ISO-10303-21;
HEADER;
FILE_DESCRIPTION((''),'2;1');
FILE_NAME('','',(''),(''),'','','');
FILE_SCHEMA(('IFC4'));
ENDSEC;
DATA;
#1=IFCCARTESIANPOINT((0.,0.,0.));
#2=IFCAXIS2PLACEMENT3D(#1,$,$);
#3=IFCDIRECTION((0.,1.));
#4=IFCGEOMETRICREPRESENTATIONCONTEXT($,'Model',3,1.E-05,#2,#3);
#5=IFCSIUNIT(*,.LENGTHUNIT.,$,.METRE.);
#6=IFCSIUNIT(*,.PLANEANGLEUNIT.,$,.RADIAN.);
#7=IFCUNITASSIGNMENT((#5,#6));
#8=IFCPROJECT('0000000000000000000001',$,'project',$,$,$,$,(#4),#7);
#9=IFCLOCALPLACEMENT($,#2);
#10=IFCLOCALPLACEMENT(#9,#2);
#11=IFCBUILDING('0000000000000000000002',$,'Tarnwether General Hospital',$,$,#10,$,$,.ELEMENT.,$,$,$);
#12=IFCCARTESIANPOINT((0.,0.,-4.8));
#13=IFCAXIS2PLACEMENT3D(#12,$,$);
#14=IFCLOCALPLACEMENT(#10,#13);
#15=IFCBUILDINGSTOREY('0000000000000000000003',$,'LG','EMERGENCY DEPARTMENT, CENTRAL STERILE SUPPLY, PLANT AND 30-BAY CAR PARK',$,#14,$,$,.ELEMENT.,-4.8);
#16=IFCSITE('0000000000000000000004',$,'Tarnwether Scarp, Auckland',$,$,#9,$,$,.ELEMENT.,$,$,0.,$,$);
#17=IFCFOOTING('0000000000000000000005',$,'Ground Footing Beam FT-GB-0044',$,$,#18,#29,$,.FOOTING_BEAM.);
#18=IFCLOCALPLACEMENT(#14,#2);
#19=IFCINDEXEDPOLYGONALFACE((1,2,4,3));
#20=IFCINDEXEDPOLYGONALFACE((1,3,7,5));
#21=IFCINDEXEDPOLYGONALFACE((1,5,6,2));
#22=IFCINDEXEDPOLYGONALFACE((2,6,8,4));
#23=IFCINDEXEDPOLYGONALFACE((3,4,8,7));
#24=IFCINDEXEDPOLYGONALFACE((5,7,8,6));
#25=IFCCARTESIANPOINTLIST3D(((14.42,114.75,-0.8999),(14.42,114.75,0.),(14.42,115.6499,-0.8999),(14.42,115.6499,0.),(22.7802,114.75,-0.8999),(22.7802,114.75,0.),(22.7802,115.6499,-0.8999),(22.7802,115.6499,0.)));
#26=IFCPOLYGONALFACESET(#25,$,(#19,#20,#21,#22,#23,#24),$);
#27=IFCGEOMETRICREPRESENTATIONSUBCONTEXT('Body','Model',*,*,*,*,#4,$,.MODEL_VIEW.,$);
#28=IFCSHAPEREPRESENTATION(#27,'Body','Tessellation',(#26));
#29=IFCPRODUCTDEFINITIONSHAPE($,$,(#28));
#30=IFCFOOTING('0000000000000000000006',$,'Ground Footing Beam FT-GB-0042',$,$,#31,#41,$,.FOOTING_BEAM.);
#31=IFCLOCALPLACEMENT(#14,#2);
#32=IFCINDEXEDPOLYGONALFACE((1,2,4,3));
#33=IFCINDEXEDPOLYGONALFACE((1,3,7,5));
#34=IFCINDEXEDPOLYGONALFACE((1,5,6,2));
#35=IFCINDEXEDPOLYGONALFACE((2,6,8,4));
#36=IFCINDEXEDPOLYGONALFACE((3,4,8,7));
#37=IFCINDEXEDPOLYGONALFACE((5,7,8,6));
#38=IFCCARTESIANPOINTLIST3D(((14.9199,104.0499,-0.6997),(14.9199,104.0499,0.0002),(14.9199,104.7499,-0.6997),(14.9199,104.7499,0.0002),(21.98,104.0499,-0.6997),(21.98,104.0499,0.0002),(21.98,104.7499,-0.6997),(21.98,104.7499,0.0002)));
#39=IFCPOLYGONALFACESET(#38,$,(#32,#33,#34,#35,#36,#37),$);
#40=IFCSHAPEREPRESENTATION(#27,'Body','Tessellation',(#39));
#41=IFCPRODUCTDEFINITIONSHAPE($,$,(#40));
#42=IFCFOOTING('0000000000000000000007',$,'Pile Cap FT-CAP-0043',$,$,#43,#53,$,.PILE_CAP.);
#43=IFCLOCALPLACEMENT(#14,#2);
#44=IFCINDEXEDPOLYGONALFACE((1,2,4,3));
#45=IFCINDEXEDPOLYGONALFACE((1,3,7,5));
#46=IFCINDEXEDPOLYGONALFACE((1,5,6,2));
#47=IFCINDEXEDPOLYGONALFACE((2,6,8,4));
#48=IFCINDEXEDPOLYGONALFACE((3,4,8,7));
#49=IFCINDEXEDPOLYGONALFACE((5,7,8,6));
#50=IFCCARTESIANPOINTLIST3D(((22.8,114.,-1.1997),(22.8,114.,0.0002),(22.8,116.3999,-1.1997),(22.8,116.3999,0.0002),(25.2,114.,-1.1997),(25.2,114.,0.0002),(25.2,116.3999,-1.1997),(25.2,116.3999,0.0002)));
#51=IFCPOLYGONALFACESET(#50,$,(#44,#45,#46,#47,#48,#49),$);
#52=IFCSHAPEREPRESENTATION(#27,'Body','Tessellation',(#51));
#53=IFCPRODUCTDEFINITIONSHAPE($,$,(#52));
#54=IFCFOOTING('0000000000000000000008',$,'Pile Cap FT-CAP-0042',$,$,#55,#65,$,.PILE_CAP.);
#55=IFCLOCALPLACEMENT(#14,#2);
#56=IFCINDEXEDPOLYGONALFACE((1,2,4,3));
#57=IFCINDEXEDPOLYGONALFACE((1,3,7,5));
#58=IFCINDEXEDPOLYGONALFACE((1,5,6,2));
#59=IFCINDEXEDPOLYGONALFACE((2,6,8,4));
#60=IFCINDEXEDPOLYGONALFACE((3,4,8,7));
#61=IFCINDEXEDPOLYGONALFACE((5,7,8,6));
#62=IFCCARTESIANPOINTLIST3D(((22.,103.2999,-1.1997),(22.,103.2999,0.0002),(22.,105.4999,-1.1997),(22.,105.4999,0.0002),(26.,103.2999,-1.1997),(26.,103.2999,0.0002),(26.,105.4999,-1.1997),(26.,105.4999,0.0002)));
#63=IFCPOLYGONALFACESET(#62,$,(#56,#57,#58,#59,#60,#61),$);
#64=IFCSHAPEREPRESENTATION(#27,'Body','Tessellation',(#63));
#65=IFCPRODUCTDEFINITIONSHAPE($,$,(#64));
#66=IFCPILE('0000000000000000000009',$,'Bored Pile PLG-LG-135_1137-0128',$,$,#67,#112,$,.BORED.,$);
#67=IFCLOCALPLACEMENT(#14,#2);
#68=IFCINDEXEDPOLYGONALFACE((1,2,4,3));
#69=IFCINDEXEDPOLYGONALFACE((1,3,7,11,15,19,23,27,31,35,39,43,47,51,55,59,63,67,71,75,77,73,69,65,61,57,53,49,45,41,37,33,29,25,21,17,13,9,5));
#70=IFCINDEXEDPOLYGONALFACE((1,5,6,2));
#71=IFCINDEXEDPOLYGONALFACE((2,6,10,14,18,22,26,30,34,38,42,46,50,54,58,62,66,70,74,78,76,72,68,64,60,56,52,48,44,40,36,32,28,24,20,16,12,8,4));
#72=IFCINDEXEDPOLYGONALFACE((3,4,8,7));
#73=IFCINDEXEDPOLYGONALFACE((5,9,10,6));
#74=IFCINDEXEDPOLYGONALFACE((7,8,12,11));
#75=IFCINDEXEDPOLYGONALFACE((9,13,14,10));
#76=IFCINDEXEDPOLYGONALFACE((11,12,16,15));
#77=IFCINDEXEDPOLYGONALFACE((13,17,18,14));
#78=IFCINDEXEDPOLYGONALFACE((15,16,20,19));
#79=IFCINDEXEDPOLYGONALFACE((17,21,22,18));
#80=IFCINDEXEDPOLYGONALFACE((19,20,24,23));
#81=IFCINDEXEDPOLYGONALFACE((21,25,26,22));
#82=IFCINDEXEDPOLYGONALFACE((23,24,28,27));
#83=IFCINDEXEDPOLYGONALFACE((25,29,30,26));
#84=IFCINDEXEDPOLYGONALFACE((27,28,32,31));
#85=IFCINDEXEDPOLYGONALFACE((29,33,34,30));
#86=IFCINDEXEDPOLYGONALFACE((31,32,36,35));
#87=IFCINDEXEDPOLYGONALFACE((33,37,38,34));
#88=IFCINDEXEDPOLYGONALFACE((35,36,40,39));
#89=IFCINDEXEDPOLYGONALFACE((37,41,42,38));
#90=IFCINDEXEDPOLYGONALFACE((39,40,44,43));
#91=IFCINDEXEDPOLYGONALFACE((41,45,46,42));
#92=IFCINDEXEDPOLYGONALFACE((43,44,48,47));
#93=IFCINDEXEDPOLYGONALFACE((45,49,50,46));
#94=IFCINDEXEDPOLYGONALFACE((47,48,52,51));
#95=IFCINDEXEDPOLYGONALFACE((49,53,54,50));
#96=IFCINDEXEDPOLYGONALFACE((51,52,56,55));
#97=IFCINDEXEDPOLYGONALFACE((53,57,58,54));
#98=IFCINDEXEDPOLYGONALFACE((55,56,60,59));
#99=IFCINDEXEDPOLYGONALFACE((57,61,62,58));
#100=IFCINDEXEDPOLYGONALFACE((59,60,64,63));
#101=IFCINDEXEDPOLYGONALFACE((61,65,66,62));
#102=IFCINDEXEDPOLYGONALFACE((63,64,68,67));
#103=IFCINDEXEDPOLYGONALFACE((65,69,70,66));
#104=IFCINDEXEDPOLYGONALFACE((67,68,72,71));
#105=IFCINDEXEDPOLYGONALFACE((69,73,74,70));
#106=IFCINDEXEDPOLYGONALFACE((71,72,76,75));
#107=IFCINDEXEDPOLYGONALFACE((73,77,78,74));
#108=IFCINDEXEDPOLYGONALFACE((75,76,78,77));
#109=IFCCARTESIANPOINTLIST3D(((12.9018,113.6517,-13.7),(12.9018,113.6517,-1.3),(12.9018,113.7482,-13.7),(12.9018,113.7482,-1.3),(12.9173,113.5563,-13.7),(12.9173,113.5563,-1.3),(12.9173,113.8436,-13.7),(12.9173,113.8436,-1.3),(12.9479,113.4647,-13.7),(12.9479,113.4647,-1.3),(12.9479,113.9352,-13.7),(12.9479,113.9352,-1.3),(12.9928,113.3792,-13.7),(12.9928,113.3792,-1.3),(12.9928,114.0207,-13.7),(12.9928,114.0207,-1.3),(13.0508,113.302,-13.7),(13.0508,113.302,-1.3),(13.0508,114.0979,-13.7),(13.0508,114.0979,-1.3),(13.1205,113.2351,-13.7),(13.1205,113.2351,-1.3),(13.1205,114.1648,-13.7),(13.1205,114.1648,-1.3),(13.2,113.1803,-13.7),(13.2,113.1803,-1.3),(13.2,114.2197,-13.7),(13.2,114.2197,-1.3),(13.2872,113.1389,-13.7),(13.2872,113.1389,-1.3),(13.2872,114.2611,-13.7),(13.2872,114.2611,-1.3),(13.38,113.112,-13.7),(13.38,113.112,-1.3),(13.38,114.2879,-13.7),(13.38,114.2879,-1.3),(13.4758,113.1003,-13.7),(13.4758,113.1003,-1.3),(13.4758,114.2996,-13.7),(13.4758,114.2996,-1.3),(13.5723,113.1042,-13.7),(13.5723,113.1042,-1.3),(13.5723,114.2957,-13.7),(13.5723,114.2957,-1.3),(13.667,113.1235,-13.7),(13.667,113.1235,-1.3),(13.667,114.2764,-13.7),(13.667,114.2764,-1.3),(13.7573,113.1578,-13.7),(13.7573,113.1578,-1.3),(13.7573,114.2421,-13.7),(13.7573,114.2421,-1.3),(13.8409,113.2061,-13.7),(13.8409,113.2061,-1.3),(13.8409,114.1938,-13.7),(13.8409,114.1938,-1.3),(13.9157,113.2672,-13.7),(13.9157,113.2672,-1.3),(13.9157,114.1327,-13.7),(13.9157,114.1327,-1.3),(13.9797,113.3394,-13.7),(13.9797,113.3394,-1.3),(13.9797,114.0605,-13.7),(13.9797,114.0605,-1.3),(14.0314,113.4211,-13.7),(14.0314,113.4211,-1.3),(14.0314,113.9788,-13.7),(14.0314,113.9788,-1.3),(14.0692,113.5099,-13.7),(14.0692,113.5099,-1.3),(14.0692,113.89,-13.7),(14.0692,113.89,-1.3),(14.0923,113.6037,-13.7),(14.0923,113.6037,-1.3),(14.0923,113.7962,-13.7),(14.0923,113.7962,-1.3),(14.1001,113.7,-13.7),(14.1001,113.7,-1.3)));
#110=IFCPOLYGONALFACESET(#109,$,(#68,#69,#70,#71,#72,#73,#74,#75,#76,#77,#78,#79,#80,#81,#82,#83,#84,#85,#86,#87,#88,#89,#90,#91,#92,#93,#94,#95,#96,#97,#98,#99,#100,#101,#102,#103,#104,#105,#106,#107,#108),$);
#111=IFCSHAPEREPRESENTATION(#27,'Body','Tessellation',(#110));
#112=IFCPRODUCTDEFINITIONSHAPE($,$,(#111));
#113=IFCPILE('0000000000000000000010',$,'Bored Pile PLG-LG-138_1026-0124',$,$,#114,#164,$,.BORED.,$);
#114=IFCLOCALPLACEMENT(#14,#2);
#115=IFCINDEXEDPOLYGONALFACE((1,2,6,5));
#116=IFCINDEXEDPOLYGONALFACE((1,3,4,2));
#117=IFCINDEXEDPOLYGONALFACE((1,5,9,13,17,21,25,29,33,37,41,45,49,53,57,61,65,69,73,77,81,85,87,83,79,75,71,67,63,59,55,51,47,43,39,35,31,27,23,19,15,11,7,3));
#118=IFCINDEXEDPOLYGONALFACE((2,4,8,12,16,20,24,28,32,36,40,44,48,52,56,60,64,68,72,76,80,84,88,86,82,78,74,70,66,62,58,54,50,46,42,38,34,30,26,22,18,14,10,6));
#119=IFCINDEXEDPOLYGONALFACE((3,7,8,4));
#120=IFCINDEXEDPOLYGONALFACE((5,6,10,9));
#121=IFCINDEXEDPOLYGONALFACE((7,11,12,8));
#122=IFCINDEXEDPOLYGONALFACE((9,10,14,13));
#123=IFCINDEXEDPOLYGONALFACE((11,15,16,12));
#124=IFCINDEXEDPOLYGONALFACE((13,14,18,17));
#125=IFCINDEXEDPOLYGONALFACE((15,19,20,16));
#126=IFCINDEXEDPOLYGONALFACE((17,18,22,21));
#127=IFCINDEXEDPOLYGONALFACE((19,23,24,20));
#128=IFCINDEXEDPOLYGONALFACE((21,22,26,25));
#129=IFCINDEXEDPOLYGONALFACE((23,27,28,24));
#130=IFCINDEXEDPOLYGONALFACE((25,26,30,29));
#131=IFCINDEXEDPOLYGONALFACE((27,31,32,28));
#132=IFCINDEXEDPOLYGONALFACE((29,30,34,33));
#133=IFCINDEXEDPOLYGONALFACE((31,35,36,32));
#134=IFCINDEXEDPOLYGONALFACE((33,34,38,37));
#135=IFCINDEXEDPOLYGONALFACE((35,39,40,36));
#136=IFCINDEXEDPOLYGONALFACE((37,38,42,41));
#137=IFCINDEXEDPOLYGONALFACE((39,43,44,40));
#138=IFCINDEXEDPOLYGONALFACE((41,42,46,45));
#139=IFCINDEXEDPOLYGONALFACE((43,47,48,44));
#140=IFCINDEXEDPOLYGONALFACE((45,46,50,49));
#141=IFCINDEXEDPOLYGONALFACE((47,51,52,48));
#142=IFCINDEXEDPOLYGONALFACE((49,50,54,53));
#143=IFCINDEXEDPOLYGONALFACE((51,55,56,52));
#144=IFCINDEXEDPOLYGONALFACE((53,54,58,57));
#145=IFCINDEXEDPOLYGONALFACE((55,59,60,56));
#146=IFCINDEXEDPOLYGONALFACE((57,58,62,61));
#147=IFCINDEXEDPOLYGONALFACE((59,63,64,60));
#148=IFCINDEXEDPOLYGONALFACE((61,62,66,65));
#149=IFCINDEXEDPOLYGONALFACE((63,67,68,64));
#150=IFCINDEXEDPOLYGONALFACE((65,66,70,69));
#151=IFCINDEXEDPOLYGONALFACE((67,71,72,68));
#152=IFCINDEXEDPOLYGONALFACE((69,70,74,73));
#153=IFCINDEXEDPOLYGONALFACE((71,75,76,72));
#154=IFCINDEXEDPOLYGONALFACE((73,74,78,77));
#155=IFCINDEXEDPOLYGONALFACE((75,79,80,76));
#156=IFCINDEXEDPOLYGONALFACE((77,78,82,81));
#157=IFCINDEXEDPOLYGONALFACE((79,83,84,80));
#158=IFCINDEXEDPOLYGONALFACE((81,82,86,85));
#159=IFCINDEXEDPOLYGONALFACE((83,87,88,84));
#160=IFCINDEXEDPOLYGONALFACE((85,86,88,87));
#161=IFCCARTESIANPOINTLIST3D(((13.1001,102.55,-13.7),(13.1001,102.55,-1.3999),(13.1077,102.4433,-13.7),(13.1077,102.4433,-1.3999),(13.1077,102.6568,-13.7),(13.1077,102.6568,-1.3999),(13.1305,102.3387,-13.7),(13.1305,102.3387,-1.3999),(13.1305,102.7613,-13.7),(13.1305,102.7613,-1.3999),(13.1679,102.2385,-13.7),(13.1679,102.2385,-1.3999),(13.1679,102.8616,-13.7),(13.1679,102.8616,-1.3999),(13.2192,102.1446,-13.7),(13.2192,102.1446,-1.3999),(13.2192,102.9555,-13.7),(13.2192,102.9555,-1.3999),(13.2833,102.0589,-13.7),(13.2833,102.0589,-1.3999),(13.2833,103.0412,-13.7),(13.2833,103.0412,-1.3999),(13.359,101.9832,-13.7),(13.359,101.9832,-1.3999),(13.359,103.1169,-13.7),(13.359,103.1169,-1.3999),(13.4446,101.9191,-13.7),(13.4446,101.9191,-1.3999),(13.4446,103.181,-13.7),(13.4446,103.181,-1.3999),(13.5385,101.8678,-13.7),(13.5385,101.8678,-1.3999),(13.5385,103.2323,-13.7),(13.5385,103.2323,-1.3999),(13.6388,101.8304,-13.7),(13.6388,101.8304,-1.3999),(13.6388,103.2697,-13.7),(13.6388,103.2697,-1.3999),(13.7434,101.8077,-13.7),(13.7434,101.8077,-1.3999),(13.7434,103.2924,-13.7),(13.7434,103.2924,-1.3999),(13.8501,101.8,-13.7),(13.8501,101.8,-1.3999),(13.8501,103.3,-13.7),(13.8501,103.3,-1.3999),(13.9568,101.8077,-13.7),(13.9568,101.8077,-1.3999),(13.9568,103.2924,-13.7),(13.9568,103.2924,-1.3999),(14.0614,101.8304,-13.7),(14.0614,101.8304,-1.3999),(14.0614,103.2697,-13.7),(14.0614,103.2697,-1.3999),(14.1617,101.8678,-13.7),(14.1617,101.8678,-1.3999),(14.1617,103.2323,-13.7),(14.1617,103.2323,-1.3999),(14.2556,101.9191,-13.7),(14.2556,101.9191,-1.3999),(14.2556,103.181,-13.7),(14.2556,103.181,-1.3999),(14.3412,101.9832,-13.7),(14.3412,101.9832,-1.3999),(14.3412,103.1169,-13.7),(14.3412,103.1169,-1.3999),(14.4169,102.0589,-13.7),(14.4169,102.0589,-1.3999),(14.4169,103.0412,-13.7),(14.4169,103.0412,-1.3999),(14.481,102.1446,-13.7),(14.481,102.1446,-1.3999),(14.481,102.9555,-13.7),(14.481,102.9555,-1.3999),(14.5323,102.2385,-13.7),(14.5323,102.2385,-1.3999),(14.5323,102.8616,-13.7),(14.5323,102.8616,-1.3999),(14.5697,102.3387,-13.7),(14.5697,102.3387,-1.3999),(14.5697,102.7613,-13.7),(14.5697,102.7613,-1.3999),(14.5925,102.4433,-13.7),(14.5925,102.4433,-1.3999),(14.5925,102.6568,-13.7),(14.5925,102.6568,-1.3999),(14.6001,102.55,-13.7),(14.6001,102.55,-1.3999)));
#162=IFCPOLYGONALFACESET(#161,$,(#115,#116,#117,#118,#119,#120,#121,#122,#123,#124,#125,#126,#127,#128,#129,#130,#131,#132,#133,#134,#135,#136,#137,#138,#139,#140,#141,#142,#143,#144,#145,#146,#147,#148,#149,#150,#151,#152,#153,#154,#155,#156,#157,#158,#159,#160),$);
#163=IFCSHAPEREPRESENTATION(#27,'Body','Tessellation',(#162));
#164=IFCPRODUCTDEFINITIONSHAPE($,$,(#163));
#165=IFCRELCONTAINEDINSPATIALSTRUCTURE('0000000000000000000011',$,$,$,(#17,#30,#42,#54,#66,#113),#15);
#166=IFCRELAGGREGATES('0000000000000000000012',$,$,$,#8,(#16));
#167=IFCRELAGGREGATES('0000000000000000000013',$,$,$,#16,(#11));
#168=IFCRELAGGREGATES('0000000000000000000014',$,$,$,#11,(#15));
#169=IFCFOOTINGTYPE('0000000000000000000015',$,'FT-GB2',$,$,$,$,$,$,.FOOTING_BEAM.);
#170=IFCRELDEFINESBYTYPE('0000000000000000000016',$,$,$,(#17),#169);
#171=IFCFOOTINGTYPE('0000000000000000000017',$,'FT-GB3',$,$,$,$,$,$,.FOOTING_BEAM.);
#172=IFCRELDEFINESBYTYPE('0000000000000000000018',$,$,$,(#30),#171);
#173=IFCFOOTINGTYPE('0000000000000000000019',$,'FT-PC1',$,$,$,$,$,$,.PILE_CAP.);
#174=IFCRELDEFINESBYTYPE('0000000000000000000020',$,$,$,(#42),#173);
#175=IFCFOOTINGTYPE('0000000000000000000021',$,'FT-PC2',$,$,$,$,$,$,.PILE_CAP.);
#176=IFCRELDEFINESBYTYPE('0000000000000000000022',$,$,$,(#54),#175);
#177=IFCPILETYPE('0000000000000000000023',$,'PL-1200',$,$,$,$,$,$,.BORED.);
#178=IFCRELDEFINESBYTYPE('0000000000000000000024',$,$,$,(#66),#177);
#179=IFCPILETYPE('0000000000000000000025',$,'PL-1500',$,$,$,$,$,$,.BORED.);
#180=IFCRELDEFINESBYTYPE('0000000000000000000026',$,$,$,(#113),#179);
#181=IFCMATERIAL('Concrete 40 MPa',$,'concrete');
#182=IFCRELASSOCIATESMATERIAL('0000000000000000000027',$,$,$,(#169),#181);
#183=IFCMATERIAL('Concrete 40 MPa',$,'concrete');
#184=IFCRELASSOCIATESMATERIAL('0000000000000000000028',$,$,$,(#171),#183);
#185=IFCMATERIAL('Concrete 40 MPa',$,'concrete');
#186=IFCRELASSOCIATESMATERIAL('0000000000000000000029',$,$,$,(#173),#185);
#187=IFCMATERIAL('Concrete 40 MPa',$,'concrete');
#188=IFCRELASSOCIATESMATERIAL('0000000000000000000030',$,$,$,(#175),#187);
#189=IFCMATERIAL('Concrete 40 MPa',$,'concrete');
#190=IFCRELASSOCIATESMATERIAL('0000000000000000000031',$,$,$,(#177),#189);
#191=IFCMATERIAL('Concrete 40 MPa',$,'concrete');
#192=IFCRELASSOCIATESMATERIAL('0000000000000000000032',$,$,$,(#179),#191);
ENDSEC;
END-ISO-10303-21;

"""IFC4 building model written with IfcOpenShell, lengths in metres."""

from ifc_helpers import new_model, si_unit, direction, frame, origin, origin_2d, place, context, subcontext, project, spatial, rectangle, circle, extrude, material, material_profile, profile_set, type_object, element, save


model = new_model("IFC4")

# Units and contexts
model_context = context("Model", 3, precision=1e-05, world=origin(), true_north=direction((0.0, 1.0)))
body_context = subcontext(model_context, "Body", "Model", "MODEL_VIEW")
ifc_project = project(units=[si_unit("LENGTHUNIT", "METRE"), si_unit("PLANEANGLEUNIT", "RADIAN")], contexts=[model_context])

# Site, building, storey
site_placement = place(None, origin())
site = spatial("IfcSite", under=ifc_project, at=site_placement, Name="Tarnwether Scarp, Auckland", CompositionType="ELEMENT", RefElevation=0.0)
building_placement = place(site_placement, origin())
building = spatial("IfcBuilding", under=site, at=building_placement, Name="Tarnwether General Hospital", CompositionType="ELEMENT")
storey_placement = place(building_placement, frame((0.0, 0.0, -4.8)))
storey = spatial("IfcBuildingStorey", under=building, at=storey_placement, Name="LG", Description="EMERGENCY DEPARTMENT, CENTRAL STERILE SUPPLY, PLANT AND 30-BAY CAR PARK", CompositionType="ELEMENT", Elevation=-4.8)

# Footings
ifc_material_1 = material(Name="Concrete 40 MPa", Category="concrete")
footing_type_1 = type_object("IfcFootingType", Name="FT-GB2", PredefinedType="FOOTING_BEAM", material=ifc_material_1)
footing_1_placement = place(storey_placement, frame((18.6001, 115.2, -0.8999), z_axis=(0.0, 0.0, 1.0), x_axis=(1.0, 0.0, 0.0)))
element("IfcFooting", 1, at=footing_1_placement, inside=storey, type_object=footing_type_1, Name="Ground Footing Beam FT-GB-0044", PredefinedType="FOOTING_BEAM", context=body_context, shape_type="SweptSolid", body=[
    extrude(rectangle(XDim=8.3601, YDim=0.8999, at=origin_2d()), origin(), (0.0, 0.0, 1.0), 0.8999),
])
ifc_material_2 = material(Name="Concrete 40 MPa", Category="concrete")
footing_type_2 = type_object("IfcFootingType", Name="FT-GB3", PredefinedType="FOOTING_BEAM", material=ifc_material_2)
footing_2_placement = place(storey_placement, frame((18.45, 104.3999, -0.6997), z_axis=(0.0, 0.0, 1.0), x_axis=(1.0, 0.0, 0.0)))
element("IfcFooting", 2, at=footing_2_placement, inside=storey, type_object=footing_type_2, Name="Ground Footing Beam FT-GB-0042", PredefinedType="FOOTING_BEAM", context=body_context, shape_type="SweptSolid", body=[
    extrude(rectangle(XDim=7.0601, YDim=0.7, at=origin_2d()), origin(), (0.0, 0.0, 1.0), 0.7),
])
ifc_material_3 = material(Name="Concrete 40 MPa", Category="concrete")
footing_type_3 = type_object("IfcFootingType", Name="FT-PC1", PredefinedType="PILE_CAP", material=ifc_material_3)
footing_3_placement = place(storey_placement, frame((24.0, 115.2, -1.1997), z_axis=(0.0, 0.0, 1.0), x_axis=(1.0, 0.0, 0.0)))
element("IfcFooting", 3, at=footing_3_placement, inside=storey, type_object=footing_type_3, Name="Pile Cap FT-CAP-0043", PredefinedType="PILE_CAP", context=body_context, shape_type="SweptSolid", body=[
    extrude(rectangle(XDim=2.3999, YDim=2.3999, at=origin_2d()), origin(), (0.0, 0.0, 1.0), 1.2),
])
ifc_material_4 = material(Name="Concrete 40 MPa", Category="concrete")
footing_type_4 = type_object("IfcFootingType", Name="FT-PC2", PredefinedType="PILE_CAP", material=ifc_material_4)
footing_4_placement = place(storey_placement, frame((24.0, 104.3999, -1.1997), z_axis=(0.0, 0.0, 1.0), x_axis=(1.0, 0.0, 0.0)))
element("IfcFooting", 4, at=footing_4_placement, inside=storey, type_object=footing_type_4, Name="Pile Cap FT-CAP-0042", PredefinedType="PILE_CAP", context=body_context, shape_type="SweptSolid", body=[
    extrude(rectangle(XDim=4.0, YDim=2.2, at=origin_2d()), origin(), (0.0, 0.0, 1.0), 1.2),
])

# Piles
ifc_material_5 = material(Name="Concrete 40 MPa", Category="concrete")
ifc_material_profile_1 = material_profile(ifc_material_5, circle(Radius=0.6001, at=origin_2d()), Name="PILE-D1200")
ifc_profile_set_1 = profile_set([ifc_material_profile_1], Name="Concrete 40 MPa")
pile_type_1 = type_object("IfcPileType", Name="PL-1200", PredefinedType="BORED", material=ifc_profile_set_1)
pile_1_placement = place(storey_placement, frame((13.5, 113.7, -1.3), z_axis=(0.0, 0.0, -1.0), x_axis=(1.0, 0.0, 0.0)))
element("IfcPile", 5, at=pile_1_placement, inside=storey, type_object=pile_type_1, Name="Bored Pile PLG-LG-135_1137-0128", PredefinedType="BORED", context=body_context, shape_type="SweptSolid", body=[
    extrude(circle(Radius=0.6001, at=origin_2d()), origin(), (0.0, 0.0, 1.0), 12.3999),
])
ifc_material_6 = material(Name="Concrete 40 MPa", Category="concrete")
ifc_material_profile_2 = material_profile(ifc_material_6, circle(Radius=0.75, at=origin_2d()), Name="PILE-D1500")
ifc_profile_set_2 = profile_set([ifc_material_profile_2], Name="Concrete 40 MPa")
pile_type_2 = type_object("IfcPileType", Name="PL-1500", PredefinedType="BORED", material=ifc_profile_set_2)
for number, where, z_axis, x_axis, name in (
    (6, (13.8501, 102.55, -1.3999), (0.0, 0.0, -1.0), (1.0, 0.0, 0.0), "Bored Pile PLG-LG-138_1026-0124"),
):
    element("IfcPile", number, at=place(storey_placement, frame(where, z_axis=z_axis, x_axis=x_axis)), inside=storey, type_object=pile_type_2, Name=name, PredefinedType="BORED", context=body_context, shape_type="SweptSolid", body=[
        extrude(circle(Radius=0.75, at=origin_2d()), origin(), (0.0, 0.0, 1.0), 12.3),
    ])

save(model, "model.ifc")
